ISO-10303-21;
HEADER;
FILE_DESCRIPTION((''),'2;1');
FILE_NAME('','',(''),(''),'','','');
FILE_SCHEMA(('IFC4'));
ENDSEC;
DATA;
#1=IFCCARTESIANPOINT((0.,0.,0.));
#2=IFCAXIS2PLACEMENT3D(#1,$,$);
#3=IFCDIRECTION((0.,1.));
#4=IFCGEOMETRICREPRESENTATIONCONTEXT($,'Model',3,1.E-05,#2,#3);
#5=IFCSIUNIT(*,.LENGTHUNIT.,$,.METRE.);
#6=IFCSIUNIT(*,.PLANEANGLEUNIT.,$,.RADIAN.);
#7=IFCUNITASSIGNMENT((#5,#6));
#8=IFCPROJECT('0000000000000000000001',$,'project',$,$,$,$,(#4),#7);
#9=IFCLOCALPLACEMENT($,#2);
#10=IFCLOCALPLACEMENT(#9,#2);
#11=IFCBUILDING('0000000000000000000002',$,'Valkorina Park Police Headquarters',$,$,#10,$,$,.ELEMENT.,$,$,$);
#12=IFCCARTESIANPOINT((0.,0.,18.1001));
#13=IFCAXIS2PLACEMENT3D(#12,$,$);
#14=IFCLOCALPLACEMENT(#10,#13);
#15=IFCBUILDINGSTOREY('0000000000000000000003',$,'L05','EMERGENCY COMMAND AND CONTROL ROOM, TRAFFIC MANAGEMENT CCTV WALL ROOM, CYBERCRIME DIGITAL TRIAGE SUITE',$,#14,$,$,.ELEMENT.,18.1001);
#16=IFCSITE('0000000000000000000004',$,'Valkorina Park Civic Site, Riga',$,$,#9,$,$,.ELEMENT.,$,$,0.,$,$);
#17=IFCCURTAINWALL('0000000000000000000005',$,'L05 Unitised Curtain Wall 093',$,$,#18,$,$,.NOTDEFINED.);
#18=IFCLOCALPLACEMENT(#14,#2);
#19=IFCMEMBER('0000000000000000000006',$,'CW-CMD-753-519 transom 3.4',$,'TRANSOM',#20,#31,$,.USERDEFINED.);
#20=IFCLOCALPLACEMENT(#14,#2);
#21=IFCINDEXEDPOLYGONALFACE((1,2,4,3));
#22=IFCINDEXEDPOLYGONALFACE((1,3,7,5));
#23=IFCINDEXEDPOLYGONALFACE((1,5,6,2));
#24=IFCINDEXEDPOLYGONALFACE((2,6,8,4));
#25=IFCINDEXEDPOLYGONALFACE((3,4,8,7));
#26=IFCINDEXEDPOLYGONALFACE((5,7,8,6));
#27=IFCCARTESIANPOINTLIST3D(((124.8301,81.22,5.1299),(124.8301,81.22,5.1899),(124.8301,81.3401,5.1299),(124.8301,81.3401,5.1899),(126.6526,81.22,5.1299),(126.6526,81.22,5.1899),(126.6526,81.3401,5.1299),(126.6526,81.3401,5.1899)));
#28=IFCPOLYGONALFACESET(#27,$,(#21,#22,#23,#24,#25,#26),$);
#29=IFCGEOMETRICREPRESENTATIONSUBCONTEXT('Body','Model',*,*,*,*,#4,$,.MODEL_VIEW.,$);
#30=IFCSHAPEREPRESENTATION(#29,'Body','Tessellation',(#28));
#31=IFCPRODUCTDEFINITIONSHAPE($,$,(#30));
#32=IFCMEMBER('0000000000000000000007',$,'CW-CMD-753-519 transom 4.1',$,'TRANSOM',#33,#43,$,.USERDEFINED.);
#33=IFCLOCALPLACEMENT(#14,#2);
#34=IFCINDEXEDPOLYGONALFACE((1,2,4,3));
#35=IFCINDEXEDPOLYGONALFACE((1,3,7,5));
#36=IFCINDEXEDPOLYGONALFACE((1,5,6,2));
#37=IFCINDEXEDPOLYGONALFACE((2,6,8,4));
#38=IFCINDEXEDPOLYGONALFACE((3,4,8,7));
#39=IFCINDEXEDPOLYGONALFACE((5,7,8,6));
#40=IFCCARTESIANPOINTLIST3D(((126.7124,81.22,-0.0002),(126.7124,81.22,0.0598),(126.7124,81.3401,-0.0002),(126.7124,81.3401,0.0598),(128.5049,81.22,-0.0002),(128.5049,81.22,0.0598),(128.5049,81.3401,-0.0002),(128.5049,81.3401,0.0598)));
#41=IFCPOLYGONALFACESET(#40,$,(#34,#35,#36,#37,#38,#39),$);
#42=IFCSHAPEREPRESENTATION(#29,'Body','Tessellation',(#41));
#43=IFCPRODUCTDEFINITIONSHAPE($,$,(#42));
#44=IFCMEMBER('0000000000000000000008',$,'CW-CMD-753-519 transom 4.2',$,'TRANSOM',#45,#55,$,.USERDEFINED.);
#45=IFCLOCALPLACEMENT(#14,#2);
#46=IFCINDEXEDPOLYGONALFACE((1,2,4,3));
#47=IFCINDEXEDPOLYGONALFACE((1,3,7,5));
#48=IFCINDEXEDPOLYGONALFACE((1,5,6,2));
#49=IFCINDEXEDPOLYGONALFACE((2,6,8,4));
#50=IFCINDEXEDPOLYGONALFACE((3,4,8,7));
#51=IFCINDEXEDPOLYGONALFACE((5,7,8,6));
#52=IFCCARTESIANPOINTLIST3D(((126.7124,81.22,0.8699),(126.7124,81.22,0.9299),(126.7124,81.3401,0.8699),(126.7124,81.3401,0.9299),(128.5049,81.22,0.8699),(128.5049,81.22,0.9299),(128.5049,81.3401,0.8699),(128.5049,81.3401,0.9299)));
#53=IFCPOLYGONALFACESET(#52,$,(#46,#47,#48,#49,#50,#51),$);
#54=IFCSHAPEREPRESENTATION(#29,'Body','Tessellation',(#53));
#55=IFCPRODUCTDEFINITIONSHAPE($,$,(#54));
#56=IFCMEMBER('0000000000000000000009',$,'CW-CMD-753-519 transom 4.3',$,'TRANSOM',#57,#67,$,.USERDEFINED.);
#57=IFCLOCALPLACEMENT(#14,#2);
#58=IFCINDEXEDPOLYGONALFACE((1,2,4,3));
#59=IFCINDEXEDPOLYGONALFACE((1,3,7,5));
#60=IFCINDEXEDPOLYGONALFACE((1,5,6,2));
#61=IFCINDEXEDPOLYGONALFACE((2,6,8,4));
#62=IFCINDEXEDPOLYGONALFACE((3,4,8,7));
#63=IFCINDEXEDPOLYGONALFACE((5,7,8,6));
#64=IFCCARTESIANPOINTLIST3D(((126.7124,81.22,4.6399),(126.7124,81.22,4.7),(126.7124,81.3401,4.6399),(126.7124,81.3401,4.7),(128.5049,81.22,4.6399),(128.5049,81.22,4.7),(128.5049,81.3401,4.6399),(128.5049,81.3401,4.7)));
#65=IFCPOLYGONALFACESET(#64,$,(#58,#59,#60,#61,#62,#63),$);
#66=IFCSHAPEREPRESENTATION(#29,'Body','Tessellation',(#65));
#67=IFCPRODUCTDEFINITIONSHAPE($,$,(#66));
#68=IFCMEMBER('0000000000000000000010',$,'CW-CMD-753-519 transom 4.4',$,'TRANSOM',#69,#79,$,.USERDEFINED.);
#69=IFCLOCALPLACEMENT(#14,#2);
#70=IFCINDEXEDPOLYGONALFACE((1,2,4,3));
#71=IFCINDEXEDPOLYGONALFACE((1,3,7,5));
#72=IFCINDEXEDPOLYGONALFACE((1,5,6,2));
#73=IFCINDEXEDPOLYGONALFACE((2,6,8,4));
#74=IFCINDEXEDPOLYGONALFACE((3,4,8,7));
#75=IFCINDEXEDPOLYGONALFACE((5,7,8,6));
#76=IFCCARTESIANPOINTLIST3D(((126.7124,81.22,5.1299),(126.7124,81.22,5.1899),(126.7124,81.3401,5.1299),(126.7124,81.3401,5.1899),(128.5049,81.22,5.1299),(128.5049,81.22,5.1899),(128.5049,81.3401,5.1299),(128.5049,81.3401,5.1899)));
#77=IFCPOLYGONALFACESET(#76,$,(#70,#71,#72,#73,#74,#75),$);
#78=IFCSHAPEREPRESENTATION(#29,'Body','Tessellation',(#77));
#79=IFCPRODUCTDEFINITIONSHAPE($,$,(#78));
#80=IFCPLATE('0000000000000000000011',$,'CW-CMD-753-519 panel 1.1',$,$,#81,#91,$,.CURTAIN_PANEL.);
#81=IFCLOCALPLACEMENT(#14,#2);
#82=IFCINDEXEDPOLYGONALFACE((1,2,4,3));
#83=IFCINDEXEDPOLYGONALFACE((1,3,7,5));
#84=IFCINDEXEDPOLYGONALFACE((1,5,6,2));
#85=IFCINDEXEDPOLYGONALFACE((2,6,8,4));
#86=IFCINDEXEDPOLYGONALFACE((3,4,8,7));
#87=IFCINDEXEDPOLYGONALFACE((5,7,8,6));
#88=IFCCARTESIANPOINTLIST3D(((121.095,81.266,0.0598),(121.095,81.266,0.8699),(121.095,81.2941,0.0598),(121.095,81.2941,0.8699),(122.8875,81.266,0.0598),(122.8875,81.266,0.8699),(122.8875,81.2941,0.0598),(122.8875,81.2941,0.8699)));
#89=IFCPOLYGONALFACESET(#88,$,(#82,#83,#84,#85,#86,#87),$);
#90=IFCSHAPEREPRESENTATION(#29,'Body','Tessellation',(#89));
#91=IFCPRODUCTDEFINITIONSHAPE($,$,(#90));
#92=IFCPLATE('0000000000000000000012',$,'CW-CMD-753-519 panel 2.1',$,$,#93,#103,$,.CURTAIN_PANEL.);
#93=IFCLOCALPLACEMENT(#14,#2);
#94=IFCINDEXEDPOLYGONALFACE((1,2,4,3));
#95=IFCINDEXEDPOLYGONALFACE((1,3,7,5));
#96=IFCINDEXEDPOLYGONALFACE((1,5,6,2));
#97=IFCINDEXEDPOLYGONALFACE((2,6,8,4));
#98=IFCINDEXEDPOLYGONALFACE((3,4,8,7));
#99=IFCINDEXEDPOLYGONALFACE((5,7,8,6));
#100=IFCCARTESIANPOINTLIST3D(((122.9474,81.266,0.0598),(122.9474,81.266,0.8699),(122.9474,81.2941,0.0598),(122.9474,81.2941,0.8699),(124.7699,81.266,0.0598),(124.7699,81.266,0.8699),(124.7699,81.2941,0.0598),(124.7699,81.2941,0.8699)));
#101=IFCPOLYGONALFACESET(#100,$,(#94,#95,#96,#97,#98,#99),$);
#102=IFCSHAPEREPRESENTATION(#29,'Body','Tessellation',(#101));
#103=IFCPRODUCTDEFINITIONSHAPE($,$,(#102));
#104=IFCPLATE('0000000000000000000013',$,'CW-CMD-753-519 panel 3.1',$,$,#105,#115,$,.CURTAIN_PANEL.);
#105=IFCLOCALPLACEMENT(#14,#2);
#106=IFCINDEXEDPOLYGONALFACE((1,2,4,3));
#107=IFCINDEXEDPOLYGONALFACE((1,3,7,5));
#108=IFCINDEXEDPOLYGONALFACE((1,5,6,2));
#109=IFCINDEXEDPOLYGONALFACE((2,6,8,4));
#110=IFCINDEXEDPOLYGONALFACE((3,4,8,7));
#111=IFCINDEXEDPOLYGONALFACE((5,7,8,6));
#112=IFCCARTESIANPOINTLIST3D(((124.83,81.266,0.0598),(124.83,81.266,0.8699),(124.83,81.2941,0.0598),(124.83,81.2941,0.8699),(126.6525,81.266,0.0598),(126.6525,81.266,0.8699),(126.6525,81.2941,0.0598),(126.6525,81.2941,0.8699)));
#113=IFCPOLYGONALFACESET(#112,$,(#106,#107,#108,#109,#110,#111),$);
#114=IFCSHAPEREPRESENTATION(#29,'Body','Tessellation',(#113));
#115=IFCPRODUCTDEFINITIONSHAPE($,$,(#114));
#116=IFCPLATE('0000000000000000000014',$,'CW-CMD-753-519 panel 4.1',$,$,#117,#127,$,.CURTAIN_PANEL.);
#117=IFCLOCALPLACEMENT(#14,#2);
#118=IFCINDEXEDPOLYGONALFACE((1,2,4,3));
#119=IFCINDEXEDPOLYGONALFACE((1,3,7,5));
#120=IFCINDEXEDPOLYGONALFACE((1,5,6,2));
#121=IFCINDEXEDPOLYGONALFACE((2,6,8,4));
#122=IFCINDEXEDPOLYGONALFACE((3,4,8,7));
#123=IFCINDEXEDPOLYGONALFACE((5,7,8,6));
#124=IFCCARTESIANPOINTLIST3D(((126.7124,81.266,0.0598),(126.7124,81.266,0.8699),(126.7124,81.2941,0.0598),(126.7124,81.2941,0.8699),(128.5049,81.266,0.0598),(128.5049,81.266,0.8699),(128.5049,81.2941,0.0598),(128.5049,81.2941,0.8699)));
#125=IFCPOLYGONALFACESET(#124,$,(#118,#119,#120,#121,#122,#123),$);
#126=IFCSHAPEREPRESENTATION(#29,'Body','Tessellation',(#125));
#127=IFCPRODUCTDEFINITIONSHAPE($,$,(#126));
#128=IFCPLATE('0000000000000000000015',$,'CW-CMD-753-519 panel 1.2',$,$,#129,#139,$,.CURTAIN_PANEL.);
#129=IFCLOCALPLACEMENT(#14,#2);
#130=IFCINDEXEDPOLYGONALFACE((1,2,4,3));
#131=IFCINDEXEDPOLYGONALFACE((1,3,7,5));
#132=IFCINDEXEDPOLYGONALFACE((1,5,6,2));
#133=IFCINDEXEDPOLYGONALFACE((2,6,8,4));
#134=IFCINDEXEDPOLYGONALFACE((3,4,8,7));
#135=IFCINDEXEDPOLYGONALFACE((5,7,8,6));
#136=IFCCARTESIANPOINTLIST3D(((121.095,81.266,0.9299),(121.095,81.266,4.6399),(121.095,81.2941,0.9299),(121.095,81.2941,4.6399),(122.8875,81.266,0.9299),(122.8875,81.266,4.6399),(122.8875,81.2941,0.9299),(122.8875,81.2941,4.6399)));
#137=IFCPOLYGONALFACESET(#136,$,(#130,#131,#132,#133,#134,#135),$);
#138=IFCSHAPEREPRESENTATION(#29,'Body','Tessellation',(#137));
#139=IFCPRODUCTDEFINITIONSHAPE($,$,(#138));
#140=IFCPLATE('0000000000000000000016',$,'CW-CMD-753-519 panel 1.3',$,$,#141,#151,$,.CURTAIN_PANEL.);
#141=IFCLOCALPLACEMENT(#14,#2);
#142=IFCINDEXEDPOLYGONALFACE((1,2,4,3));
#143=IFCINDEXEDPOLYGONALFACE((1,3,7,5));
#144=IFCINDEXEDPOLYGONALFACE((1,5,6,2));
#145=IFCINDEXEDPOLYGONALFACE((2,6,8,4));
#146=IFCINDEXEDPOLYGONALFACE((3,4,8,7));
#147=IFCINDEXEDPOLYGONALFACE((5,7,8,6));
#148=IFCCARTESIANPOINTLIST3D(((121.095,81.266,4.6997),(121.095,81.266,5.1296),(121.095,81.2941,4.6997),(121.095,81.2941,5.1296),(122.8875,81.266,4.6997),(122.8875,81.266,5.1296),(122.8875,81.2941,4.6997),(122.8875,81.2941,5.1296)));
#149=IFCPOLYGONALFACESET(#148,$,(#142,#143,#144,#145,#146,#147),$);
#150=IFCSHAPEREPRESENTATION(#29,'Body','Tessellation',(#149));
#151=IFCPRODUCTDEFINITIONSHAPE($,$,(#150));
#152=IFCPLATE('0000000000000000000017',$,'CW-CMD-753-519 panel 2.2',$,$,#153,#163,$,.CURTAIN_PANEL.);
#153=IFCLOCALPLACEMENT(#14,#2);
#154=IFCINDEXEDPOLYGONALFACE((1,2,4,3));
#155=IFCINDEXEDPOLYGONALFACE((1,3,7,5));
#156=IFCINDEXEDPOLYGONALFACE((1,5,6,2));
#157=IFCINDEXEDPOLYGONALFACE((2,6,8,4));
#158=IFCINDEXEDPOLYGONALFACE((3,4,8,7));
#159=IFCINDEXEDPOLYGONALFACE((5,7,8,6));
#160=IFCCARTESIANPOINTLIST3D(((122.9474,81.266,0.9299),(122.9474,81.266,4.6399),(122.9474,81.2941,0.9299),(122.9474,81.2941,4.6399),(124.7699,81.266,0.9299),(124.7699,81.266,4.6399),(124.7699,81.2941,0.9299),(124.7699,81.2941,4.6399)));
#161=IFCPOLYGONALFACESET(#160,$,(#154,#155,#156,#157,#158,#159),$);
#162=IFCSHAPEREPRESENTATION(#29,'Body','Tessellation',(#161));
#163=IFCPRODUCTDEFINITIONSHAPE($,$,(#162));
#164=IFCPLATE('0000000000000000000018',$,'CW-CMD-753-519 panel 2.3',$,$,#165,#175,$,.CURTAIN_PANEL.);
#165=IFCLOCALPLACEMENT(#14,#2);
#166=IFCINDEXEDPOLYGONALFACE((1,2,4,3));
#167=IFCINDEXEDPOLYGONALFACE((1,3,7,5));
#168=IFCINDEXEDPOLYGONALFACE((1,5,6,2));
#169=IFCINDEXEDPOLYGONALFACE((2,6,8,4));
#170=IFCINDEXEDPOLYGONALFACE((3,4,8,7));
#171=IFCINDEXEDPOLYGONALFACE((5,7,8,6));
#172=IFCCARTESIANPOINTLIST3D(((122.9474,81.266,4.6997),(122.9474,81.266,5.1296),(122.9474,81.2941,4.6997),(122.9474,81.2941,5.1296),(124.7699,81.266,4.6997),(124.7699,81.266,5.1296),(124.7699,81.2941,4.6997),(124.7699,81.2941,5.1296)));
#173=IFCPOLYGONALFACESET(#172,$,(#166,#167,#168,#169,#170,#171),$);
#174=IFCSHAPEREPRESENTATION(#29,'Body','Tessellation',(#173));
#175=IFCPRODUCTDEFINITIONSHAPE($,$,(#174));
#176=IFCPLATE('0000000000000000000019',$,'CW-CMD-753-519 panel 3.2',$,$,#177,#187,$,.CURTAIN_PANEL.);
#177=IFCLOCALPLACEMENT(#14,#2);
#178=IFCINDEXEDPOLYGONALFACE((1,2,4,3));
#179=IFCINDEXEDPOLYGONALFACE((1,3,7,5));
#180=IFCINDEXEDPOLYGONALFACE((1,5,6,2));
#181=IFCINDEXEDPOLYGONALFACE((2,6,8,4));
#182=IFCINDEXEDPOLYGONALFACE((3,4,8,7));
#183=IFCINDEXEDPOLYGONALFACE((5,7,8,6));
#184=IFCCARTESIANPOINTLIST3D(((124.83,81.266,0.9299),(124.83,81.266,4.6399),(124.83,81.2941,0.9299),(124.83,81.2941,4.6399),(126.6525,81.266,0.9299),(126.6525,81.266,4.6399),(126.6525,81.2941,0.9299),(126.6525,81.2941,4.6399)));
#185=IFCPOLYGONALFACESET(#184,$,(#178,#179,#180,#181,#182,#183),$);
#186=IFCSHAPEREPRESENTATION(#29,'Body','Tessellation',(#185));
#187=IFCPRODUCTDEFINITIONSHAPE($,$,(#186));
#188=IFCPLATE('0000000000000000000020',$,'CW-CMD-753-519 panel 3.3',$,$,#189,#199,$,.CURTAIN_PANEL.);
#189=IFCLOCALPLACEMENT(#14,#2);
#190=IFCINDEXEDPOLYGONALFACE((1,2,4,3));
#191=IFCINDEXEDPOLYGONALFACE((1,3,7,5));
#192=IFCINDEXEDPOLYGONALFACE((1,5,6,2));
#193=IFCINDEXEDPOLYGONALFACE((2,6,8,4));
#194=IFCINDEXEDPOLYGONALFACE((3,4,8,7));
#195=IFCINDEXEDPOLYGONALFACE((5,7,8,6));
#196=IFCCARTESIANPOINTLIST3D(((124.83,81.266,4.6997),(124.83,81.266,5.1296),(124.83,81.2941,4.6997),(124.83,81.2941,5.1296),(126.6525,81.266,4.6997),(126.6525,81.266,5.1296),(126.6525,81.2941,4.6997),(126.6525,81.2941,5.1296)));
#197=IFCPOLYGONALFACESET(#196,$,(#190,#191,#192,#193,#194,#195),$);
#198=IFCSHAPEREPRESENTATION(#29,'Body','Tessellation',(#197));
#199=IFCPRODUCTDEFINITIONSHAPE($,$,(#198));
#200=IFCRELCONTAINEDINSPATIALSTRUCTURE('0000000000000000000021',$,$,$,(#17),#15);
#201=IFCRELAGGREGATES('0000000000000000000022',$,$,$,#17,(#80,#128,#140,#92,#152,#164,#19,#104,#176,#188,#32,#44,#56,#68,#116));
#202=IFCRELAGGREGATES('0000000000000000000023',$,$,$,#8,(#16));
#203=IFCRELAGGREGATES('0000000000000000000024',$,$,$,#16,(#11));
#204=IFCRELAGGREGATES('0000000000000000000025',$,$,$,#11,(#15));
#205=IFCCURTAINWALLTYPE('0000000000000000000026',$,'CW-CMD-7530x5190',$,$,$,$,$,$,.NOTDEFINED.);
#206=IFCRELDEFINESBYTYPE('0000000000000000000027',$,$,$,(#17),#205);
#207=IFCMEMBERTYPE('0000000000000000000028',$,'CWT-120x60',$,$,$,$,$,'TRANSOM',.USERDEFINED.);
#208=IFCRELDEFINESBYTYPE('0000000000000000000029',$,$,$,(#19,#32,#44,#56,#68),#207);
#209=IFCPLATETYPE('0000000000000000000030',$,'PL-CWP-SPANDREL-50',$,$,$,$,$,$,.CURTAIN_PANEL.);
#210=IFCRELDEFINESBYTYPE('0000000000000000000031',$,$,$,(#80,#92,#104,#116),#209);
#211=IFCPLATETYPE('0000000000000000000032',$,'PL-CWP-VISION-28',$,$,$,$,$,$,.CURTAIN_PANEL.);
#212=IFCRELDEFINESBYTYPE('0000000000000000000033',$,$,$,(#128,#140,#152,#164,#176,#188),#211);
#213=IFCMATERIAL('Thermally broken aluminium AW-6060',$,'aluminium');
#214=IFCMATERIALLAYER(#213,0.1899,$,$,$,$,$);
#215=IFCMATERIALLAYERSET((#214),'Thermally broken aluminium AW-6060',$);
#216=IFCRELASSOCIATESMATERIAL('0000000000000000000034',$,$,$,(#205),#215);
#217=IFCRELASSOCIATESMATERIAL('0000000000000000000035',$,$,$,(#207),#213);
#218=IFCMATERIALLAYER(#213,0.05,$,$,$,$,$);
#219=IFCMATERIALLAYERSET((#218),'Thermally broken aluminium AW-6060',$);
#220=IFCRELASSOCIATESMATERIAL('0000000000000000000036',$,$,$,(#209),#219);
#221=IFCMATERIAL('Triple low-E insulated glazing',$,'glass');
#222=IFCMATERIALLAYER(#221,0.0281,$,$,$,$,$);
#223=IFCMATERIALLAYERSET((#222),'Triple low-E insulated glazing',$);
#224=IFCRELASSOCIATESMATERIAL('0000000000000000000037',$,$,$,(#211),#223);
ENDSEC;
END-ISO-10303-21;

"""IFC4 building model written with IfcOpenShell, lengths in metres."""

from ifc_helpers import new_model, si_unit, direction, frame, origin, origin_2d, place, context, subcontext, project, spatial, rectangle, extrude, material, layer, layer_set, material_profile, profile_set, type_object, element, aggregate, save


model = new_model("IFC4")

# Units and contexts
model_context = context("Model", 3, precision=1e-05, world=origin(), true_north=direction((0.0, 1.0)))
body_context = subcontext(model_context, "Body", "Model", "MODEL_VIEW")
ifc_project = project(units=[si_unit("LENGTHUNIT", "METRE"), si_unit("PLANEANGLEUNIT", "RADIAN")], contexts=[model_context])

# Site, building, storey
site_placement = place(None, origin())
site = spatial("IfcSite", under=ifc_project, at=site_placement, Name="Valkorina Park Civic Site, Riga", CompositionType="ELEMENT", RefElevation=0.0)
building_placement = place(site_placement, origin())
building = spatial("IfcBuilding", under=site, at=building_placement, Name="Valkorina Park Police Headquarters", CompositionType="ELEMENT")
storey_placement = place(building_placement, frame((0.0, 0.0, 18.1001)))
storey = spatial("IfcBuildingStorey", under=building, at=storey_placement, Name="L05", Description="EMERGENCY COMMAND AND CONTROL ROOM, TRAFFIC MANAGEMENT CCTV WALL ROOM, CYBERCRIME DIGITAL TRIAGE SUITE", CompositionType="ELEMENT", Elevation=18.1001)

# Curtain wall, members, plates
ifc_material_1 = material(Name="Thermally broken aluminium AW-6060", Category="aluminium")
ifc_layer_1 = layer(ifc_material_1, 0.1899)
ifc_layer_set_1 = layer_set([ifc_layer_1], Name="Thermally broken aluminium AW-6060")
curtain_wall_type = type_object("IfcCurtainWallType", Name="CW-CMD-7530x5190", PredefinedType="NOTDEFINED", material=ifc_layer_set_1)
curtain_wall_placement = place(storey_placement, origin())
curtain_wall = element("IfcCurtainWall", 1, at=curtain_wall_placement, inside=storey, type_object=curtain_wall_type, Name="L05 Unitised Curtain Wall 093", PredefinedType="NOTDEFINED")
ifc_material_profile_1 = material_profile(ifc_material_1, rectangle(XDim=0.1201, YDim=0.0601, at=origin_2d()), Name="CWT-01 120x60")
ifc_profile_set_1 = profile_set([ifc_material_profile_1], Name="Thermally broken aluminium AW-6060")
member_type_1 = type_object("IfcMemberType", Name="CWT-120x60", ElementType="TRANSOM", PredefinedType="USERDEFINED", material=ifc_profile_set_1)
member_1_placement = place(storey_placement, frame((124.8301, 81.28, 5.1599), z_axis=(1.0, 0.0, 0.0), x_axis=(0.0, 1.0, 0.0)))
member_1 = element("IfcMember", 2, at=member_1_placement, type_object=member_type_1, Name="CW-CMD-753-519 transom 3.4", ObjectType="TRANSOM", PredefinedType="USERDEFINED", context=body_context, shape_type="SweptSolid", body=[
    extrude(rectangle(XDim=0.1201, YDim=0.0601, at=origin_2d()), origin(), (0.0, 0.0, 1.0), 1.8225),
])
member_2_placement = place(storey_placement, frame((126.7124, 81.28, 0.0298), z_axis=(1.0, 0.0, 0.0), x_axis=(0.0, 1.0, 0.0)))
member_2 = element("IfcMember", 3, at=member_2_placement, type_object=member_type_1, Name="CW-CMD-753-519 transom 4.1", ObjectType="TRANSOM", PredefinedType="USERDEFINED", context=body_context, shape_type="SweptSolid", body=[
    extrude(rectangle(XDim=0.1201, YDim=0.0601, at=origin_2d()), origin(), (0.0, 0.0, 1.0), 1.7925),
])
member_3_placement = place(storey_placement, frame((126.7124, 81.28, 0.8999), z_axis=(1.0, 0.0, 0.0), x_axis=(0.0, 1.0, 0.0)))
member_3 = element("IfcMember", 4, at=member_3_placement, type_object=member_type_1, Name="CW-CMD-753-519 transom 4.2", ObjectType="TRANSOM", PredefinedType="USERDEFINED", context=body_context, shape_type="SweptSolid", body=[
    extrude(rectangle(XDim=0.1201, YDim=0.0601, at=origin_2d()), origin(), (0.0, 0.0, 1.0), 1.7925),
])
member_4_placement = place(storey_placement, frame((126.7124, 81.28, 4.6699), z_axis=(1.0, 0.0, 0.0), x_axis=(0.0, 1.0, 0.0)))
member_4 = element("IfcMember", 5, at=member_4_placement, type_object=member_type_1, Name="CW-CMD-753-519 transom 4.3", ObjectType="TRANSOM", PredefinedType="USERDEFINED", context=body_context, shape_type="SweptSolid", body=[
    extrude(rectangle(XDim=0.1201, YDim=0.0601, at=origin_2d()), origin(), (0.0, 0.0, 1.0), 1.7925),
])
member_5_placement = place(storey_placement, frame((126.7124, 81.28, 5.1599), z_axis=(1.0, 0.0, 0.0), x_axis=(0.0, 1.0, 0.0)))
member_5 = element("IfcMember", 6, at=member_5_placement, type_object=member_type_1, Name="CW-CMD-753-519 transom 4.4", ObjectType="TRANSOM", PredefinedType="USERDEFINED", context=body_context, shape_type="SweptSolid", body=[
    extrude(rectangle(XDim=0.1201, YDim=0.0601, at=origin_2d()), origin(), (0.0, 0.0, 1.0), 1.7925),
])
ifc_layer_2 = layer(ifc_material_1, 0.05)
ifc_layer_set_2 = layer_set([ifc_layer_2], Name="Thermally broken aluminium AW-6060")
plate_type_1 = type_object("IfcPlateType", Name="PL-CWP-SPANDREL-50", PredefinedType="CURTAIN_PANEL", material=ifc_layer_set_2)
plate_1_placement = place(storey_placement, frame((121.9912, 81.28, 0.0598), z_axis=(0.0, 0.0, 1.0), x_axis=(1.0, 0.0, 0.0)))
plate_1 = element("IfcPlate", 7, at=plate_1_placement, type_object=plate_type_1, Name="CW-CMD-753-519 panel 1.1", PredefinedType="CURTAIN_PANEL", context=body_context, shape_type="SweptSolid", body=[
    extrude(rectangle(XDim=1.7925, YDim=0.0281, at=origin_2d()), origin(), (0.0, 0.0, 1.0), 0.8101),
])
plate_2_placement = place(storey_placement, frame((123.8586, 81.28, 0.0598), z_axis=(0.0, 0.0, 1.0), x_axis=(1.0, 0.0, 0.0)))
plate_2 = element("IfcPlate", 8, at=plate_2_placement, type_object=plate_type_1, Name="CW-CMD-753-519 panel 2.1", PredefinedType="CURTAIN_PANEL", context=body_context, shape_type="SweptSolid", body=[
    extrude(rectangle(XDim=1.8225, YDim=0.0281, at=origin_2d()), origin(), (0.0, 0.0, 1.0), 0.8101),
])
plate_3_placement = place(storey_placement, frame((125.7412, 81.28, 0.0598), z_axis=(0.0, 0.0, 1.0), x_axis=(1.0, 0.0, 0.0)))
plate_3 = element("IfcPlate", 9, at=plate_3_placement, type_object=plate_type_1, Name="CW-CMD-753-519 panel 3.1", PredefinedType="CURTAIN_PANEL", context=body_context, shape_type="SweptSolid", body=[
    extrude(rectangle(XDim=1.8225, YDim=0.0281, at=origin_2d()), origin(), (0.0, 0.0, 1.0), 0.8101),
])
plate_4_placement = place(storey_placement, frame((127.6086, 81.28, 0.0598), z_axis=(0.0, 0.0, 1.0), x_axis=(1.0, 0.0, 0.0)))
plate_4 = element("IfcPlate", 10, at=plate_4_placement, type_object=plate_type_1, Name="CW-CMD-753-519 panel 4.1", PredefinedType="CURTAIN_PANEL", context=body_context, shape_type="SweptSolid", body=[
    extrude(rectangle(XDim=1.7925, YDim=0.0281, at=origin_2d()), origin(), (0.0, 0.0, 1.0), 0.8101),
])
ifc_material_2 = material(Name="Triple low-E insulated glazing", Category="glass")
ifc_layer_3 = layer(ifc_material_2, 0.0281)
ifc_layer_set_3 = layer_set([ifc_layer_3], Name="Triple low-E insulated glazing")
plate_type_2 = type_object("IfcPlateType", Name="PL-CWP-VISION-28", PredefinedType="CURTAIN_PANEL", material=ifc_layer_set_3)
plate_5_placement = place(storey_placement, frame((121.9912, 81.28, 0.9299), z_axis=(0.0, 0.0, 1.0), x_axis=(1.0, 0.0, 0.0)))
plate_5 = element("IfcPlate", 11, at=plate_5_placement, type_object=plate_type_2, Name="CW-CMD-753-519 panel 1.2", PredefinedType="CURTAIN_PANEL", context=body_context, shape_type="SweptSolid", body=[
    extrude(rectangle(XDim=1.7925, YDim=0.0281, at=origin_2d()), origin(), (0.0, 0.0, 1.0), 3.71),
])
plate_6_placement = place(storey_placement, frame((121.9912, 81.28, 4.6997), z_axis=(0.0, 0.0, 1.0), x_axis=(1.0, 0.0, 0.0)))
plate_6 = element("IfcPlate", 12, at=plate_6_placement, type_object=plate_type_2, Name="CW-CMD-753-519 panel 1.3", PredefinedType="CURTAIN_PANEL", context=body_context, shape_type="SweptSolid", body=[
    extrude(rectangle(XDim=1.7925, YDim=0.0281, at=origin_2d()), origin(), (0.0, 0.0, 1.0), 0.4299),
])
plate_7_placement = place(storey_placement, frame((123.8586, 81.28, 0.9299), z_axis=(0.0, 0.0, 1.0), x_axis=(1.0, 0.0, 0.0)))
plate_7 = element("IfcPlate", 13, at=plate_7_placement, type_object=plate_type_2, Name="CW-CMD-753-519 panel 2.2", PredefinedType="CURTAIN_PANEL", context=body_context, shape_type="SweptSolid", body=[
    extrude(rectangle(XDim=1.8225, YDim=0.0281, at=origin_2d()), origin(), (0.0, 0.0, 1.0), 3.71),
])
plate_8_placement = place(storey_placement, frame((123.8586, 81.28, 4.6997), z_axis=(0.0, 0.0, 1.0), x_axis=(1.0, 0.0, 0.0)))
plate_8 = element("IfcPlate", 14, at=plate_8_placement, type_object=plate_type_2, Name="CW-CMD-753-519 panel 2.3", PredefinedType="CURTAIN_PANEL", context=body_context, shape_type="SweptSolid", body=[
    extrude(rectangle(XDim=1.8225, YDim=0.0281, at=origin_2d()), origin(), (0.0, 0.0, 1.0), 0.4299),
])
plate_9_placement = place(storey_placement, frame((125.7412, 81.28, 0.9299), z_axis=(0.0, 0.0, 1.0), x_axis=(1.0, 0.0, 0.0)))
plate_9 = element("IfcPlate", 15, at=plate_9_placement, type_object=plate_type_2, Name="CW-CMD-753-519 panel 3.2", PredefinedType="CURTAIN_PANEL", context=body_context, shape_type="SweptSolid", body=[
    extrude(rectangle(XDim=1.8225, YDim=0.0281, at=origin_2d()), origin(), (0.0, 0.0, 1.0), 3.71),
])
plate_10_placement = place(storey_placement, frame((125.7412, 81.28, 4.6997), z_axis=(0.0, 0.0, 1.0), x_axis=(1.0, 0.0, 0.0)))
plate_10 = element("IfcPlate", 16, at=plate_10_placement, type_object=plate_type_2, Name="CW-CMD-753-519 panel 3.3", PredefinedType="CURTAIN_PANEL", context=body_context, shape_type="SweptSolid", body=[
    extrude(rectangle(XDim=1.8225, YDim=0.0281, at=origin_2d()), origin(), (0.0, 0.0, 1.0), 0.4299),
])
aggregate(curtain_wall, [plate_1, plate_5, plate_6, plate_2, plate_7, plate_8, member_1, plate_3, plate_9, plate_10, member_2, member_3, member_4, member_5, plate_4])

save(model, "model.ifc")
